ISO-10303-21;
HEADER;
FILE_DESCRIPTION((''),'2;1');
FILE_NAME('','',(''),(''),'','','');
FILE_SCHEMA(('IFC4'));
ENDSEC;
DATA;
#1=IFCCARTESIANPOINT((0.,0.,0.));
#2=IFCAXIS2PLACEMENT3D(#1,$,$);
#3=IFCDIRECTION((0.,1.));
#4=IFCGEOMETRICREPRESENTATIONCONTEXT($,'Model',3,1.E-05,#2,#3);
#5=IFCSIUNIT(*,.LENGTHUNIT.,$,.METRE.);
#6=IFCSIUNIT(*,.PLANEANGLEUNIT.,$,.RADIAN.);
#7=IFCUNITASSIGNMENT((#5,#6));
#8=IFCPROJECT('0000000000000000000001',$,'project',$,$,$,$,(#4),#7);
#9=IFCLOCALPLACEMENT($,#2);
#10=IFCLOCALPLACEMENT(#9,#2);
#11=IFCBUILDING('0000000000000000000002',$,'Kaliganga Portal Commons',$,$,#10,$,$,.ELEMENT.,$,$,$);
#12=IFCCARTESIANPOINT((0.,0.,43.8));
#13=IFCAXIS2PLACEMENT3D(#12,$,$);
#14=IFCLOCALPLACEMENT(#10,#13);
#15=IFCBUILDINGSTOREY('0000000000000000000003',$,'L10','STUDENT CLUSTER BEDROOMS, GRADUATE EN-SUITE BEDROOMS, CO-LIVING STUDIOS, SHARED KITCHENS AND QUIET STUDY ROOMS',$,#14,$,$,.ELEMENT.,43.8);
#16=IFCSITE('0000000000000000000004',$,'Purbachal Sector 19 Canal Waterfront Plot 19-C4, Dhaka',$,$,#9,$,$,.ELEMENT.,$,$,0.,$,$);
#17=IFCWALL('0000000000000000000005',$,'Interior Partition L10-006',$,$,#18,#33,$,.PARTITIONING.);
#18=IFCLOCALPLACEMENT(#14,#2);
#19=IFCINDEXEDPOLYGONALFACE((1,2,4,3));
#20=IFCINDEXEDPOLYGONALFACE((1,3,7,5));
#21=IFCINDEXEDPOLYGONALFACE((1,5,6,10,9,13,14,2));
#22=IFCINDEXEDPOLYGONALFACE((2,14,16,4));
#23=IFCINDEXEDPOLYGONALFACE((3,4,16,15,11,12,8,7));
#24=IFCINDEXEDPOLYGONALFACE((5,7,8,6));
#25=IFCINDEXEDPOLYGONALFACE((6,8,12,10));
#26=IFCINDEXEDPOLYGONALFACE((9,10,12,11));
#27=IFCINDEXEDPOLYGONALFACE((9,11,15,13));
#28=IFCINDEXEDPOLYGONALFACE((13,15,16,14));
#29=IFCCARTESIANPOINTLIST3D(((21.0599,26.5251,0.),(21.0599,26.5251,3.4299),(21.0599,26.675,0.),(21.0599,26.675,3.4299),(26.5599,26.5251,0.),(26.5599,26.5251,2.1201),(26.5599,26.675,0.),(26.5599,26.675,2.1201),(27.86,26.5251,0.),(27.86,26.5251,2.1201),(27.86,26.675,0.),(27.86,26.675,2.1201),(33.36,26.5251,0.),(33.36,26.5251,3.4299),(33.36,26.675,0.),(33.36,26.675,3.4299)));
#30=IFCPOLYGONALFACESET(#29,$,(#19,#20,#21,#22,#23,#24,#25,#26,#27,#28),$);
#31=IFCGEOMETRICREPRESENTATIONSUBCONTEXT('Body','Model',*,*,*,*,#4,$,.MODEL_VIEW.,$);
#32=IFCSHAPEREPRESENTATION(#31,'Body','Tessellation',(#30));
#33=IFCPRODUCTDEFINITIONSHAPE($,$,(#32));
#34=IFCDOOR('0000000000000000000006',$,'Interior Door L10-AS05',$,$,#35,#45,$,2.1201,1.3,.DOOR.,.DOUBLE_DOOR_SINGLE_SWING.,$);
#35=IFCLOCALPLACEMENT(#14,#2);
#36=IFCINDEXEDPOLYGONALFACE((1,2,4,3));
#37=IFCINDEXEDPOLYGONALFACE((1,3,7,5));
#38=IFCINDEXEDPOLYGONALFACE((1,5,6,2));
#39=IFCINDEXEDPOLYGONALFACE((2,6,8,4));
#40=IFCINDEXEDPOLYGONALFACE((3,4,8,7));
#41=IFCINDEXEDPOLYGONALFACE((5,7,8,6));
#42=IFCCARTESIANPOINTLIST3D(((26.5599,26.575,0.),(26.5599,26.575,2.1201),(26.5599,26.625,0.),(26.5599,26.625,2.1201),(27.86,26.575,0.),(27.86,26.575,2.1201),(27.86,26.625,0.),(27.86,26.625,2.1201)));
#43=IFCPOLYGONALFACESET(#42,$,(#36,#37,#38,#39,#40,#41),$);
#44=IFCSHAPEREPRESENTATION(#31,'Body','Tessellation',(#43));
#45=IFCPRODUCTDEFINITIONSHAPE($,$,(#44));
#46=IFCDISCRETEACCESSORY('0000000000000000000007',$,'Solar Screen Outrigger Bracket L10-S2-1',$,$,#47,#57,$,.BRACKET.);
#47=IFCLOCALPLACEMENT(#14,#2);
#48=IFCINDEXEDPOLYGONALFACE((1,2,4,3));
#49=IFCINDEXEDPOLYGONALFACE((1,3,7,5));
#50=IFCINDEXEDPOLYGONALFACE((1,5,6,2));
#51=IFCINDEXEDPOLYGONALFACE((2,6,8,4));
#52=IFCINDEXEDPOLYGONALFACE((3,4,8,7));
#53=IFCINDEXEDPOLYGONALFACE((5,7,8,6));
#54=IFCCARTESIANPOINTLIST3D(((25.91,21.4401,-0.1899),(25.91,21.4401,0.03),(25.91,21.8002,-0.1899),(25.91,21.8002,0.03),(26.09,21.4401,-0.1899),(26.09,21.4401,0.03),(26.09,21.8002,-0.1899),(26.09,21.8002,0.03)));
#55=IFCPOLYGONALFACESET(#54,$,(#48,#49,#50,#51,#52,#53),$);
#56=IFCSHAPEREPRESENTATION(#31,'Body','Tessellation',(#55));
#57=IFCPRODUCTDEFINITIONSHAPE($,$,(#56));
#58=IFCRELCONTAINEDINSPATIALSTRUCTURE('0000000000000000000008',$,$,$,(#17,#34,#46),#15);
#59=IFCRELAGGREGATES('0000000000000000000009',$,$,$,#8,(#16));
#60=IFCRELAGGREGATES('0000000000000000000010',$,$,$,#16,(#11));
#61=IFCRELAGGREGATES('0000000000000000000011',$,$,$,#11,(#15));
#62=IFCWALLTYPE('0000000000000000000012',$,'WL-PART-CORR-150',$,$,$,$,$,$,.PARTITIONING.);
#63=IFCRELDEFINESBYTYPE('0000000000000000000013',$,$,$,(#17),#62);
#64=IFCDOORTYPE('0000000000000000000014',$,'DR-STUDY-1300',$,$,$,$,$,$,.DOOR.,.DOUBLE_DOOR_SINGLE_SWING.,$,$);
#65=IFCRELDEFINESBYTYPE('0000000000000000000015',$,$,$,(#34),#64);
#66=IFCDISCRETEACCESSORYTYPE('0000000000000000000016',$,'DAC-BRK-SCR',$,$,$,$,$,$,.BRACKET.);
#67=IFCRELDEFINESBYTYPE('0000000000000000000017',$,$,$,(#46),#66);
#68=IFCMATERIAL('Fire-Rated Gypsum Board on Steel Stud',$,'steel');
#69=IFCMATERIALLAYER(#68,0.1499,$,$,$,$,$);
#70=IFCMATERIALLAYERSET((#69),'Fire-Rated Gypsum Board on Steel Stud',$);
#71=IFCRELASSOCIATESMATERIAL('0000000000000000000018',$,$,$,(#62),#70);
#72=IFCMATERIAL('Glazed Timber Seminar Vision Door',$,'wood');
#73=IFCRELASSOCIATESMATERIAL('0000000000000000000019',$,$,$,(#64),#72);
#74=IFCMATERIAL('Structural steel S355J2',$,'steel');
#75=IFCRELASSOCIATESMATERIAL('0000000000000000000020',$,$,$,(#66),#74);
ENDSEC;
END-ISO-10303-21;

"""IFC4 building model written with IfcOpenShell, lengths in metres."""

from ifc_helpers import new_model, si_unit, direction, frame, frame_2d, origin, origin_2d, place, context, subcontext, project, spatial, rectangle, extrude, source, transform, mapped, material, layer, layer_set, type_object, element, fill, save


model = new_model("IFC4")

# Units and contexts
model_context = context("Model", 3, precision=1e-05, world=origin(), true_north=direction((0.0, 1.0)))
body_context = subcontext(model_context, "Body", "Model", "MODEL_VIEW")
ifc_project = project(units=[si_unit("LENGTHUNIT", "METRE"), si_unit("PLANEANGLEUNIT", "RADIAN")], contexts=[model_context])

# Site, building, storey
site_placement = place(None, origin())
site = spatial("IfcSite", under=ifc_project, at=site_placement, Name="Purbachal Sector 19 Canal Waterfront Plot 19-C4, Dhaka", CompositionType="ELEMENT", RefElevation=0.0)
building_placement = place(site_placement, origin())
building = spatial("IfcBuilding", under=site, at=building_placement, Name="Kaliganga Portal Commons", CompositionType="ELEMENT")
storey_placement = place(building_placement, frame((0.0, 0.0, 43.8)))
storey = spatial("IfcBuildingStorey", under=building, at=storey_placement, Name="L10", Description="STUDENT CLUSTER BEDROOMS, GRADUATE EN-SUITE BEDROOMS, CO-LIVING STUDIOS, SHARED KITCHENS AND QUIET STUDY ROOMS", CompositionType="ELEMENT", Elevation=43.8)

# Shared definitions
ifc_material_1 = material(Name="Structural steel S355J2", Category="steel")

# Wall, opening, door
ifc_material_2 = material(Name="Fire-Rated Gypsum Board on Steel Stud", Category="steel")
ifc_layer_1 = layer(ifc_material_2, 0.1499)
ifc_layer_set_1 = layer_set([ifc_layer_1], Name="Fire-Rated Gypsum Board on Steel Stud")
wall_type = type_object("IfcWallType", Name="WL-PART-CORR-150", PredefinedType="PARTITIONING", material=ifc_layer_set_1)
wall_placement = place(storey_placement, frame((21.0601, 26.6001, 0.0), z_axis=(0.0, 0.0, 1.0), x_axis=(1.0, 0.0, 0.0)))
wall = element("IfcWall", 1, at=wall_placement, inside=storey, type_object=wall_type, Name="Interior Partition L10-006", PredefinedType="PARTITIONING", context=body_context, shape_type="SweptSolid", body=[
    extrude(rectangle(XDim=12.3, YDim=0.1499, at=frame_2d((6.1499, 0.0))), origin(), (0.0, 0.0, 1.0), 3.4299),
])
opening_placement = place(wall_placement, frame((5.5, 0.0, 0.0)))
opening = element("IfcOpeningElement", 2, at=opening_placement, cuts=wall, PredefinedType="OPENING", context=body_context, shape_type="SweptSolid", body=[
    extrude(rectangle(XDim=1.3, YDim=2.1201, at=frame_2d((0.6499, 1.0601))), frame((0.0, 0.085, 0.0), z_axis=(0.0, -1.0, 0.0), x_axis=(1.0, 0.0, 0.0)), (0.0, 0.0, 1.0), 0.1699),
])
ifc_material_3 = material(Name="Glazed Timber Seminar Vision Door", Category="wood")
door_type = type_object("IfcDoorType", Name="DR-STUDY-1300", OperationType="DOUBLE_DOOR_SINGLE_SWING", PredefinedType="DOOR", material=ifc_material_3)
door_placement = place(opening_placement, origin())
door = element("IfcDoor", 3, at=door_placement, inside=storey, type_object=door_type, Name="Interior Door L10-AS05", OperationType="DOUBLE_DOOR_SINGLE_SWING", OverallHeight=2.1201, OverallWidth=1.3, PredefinedType="DOOR", context=body_context, shape_type="SweptSolid", body=[
    extrude(rectangle(XDim=1.3, YDim=2.1201, at=frame_2d((0.6499, 1.0601))), frame((0.0, 0.0249, 0.0), z_axis=(0.0, -1.0, 0.0), x_axis=(1.0, 0.0, 0.0)), (0.0, 0.0, 1.0), 0.05),
])
fill(opening, door)

# Discrete accessory
discrete_accessory_type = type_object("IfcDiscreteAccessoryType", Name="DAC-BRK-SCR", PredefinedType="BRACKET", material=ifc_material_1)
shared_shape_1 = source(origin(), body_context, "Body", "SweptSolid", [
    extrude(rectangle(XDim=0.1799, YDim=0.3601, at=origin_2d()), origin(), (0.0, 0.0, 1.0), 0.22),
])
discrete_accessory_placement = place(storey_placement, frame((26.0, 21.6201, -0.1899), z_axis=(0.0, 0.0, 1.0), x_axis=(1.0, 0.0, 0.0)))
element("IfcDiscreteAccessory", 4, at=discrete_accessory_placement, inside=storey, type_object=discrete_accessory_type, Name="Solar Screen Outrigger Bracket L10-S2-1", PredefinedType="BRACKET", context=body_context, shape_type="MappedRepresentation", body=[
    mapped(shared_shape_1, transform((0.0, 0.0, 0.0), x_axis=(1.0, 0.0, 0.0), y_axis=(0.0, 1.0, 0.0), z_axis=(0.0, 0.0, 1.0), scale=1.0)),
])

save(model, "model.ifc")
